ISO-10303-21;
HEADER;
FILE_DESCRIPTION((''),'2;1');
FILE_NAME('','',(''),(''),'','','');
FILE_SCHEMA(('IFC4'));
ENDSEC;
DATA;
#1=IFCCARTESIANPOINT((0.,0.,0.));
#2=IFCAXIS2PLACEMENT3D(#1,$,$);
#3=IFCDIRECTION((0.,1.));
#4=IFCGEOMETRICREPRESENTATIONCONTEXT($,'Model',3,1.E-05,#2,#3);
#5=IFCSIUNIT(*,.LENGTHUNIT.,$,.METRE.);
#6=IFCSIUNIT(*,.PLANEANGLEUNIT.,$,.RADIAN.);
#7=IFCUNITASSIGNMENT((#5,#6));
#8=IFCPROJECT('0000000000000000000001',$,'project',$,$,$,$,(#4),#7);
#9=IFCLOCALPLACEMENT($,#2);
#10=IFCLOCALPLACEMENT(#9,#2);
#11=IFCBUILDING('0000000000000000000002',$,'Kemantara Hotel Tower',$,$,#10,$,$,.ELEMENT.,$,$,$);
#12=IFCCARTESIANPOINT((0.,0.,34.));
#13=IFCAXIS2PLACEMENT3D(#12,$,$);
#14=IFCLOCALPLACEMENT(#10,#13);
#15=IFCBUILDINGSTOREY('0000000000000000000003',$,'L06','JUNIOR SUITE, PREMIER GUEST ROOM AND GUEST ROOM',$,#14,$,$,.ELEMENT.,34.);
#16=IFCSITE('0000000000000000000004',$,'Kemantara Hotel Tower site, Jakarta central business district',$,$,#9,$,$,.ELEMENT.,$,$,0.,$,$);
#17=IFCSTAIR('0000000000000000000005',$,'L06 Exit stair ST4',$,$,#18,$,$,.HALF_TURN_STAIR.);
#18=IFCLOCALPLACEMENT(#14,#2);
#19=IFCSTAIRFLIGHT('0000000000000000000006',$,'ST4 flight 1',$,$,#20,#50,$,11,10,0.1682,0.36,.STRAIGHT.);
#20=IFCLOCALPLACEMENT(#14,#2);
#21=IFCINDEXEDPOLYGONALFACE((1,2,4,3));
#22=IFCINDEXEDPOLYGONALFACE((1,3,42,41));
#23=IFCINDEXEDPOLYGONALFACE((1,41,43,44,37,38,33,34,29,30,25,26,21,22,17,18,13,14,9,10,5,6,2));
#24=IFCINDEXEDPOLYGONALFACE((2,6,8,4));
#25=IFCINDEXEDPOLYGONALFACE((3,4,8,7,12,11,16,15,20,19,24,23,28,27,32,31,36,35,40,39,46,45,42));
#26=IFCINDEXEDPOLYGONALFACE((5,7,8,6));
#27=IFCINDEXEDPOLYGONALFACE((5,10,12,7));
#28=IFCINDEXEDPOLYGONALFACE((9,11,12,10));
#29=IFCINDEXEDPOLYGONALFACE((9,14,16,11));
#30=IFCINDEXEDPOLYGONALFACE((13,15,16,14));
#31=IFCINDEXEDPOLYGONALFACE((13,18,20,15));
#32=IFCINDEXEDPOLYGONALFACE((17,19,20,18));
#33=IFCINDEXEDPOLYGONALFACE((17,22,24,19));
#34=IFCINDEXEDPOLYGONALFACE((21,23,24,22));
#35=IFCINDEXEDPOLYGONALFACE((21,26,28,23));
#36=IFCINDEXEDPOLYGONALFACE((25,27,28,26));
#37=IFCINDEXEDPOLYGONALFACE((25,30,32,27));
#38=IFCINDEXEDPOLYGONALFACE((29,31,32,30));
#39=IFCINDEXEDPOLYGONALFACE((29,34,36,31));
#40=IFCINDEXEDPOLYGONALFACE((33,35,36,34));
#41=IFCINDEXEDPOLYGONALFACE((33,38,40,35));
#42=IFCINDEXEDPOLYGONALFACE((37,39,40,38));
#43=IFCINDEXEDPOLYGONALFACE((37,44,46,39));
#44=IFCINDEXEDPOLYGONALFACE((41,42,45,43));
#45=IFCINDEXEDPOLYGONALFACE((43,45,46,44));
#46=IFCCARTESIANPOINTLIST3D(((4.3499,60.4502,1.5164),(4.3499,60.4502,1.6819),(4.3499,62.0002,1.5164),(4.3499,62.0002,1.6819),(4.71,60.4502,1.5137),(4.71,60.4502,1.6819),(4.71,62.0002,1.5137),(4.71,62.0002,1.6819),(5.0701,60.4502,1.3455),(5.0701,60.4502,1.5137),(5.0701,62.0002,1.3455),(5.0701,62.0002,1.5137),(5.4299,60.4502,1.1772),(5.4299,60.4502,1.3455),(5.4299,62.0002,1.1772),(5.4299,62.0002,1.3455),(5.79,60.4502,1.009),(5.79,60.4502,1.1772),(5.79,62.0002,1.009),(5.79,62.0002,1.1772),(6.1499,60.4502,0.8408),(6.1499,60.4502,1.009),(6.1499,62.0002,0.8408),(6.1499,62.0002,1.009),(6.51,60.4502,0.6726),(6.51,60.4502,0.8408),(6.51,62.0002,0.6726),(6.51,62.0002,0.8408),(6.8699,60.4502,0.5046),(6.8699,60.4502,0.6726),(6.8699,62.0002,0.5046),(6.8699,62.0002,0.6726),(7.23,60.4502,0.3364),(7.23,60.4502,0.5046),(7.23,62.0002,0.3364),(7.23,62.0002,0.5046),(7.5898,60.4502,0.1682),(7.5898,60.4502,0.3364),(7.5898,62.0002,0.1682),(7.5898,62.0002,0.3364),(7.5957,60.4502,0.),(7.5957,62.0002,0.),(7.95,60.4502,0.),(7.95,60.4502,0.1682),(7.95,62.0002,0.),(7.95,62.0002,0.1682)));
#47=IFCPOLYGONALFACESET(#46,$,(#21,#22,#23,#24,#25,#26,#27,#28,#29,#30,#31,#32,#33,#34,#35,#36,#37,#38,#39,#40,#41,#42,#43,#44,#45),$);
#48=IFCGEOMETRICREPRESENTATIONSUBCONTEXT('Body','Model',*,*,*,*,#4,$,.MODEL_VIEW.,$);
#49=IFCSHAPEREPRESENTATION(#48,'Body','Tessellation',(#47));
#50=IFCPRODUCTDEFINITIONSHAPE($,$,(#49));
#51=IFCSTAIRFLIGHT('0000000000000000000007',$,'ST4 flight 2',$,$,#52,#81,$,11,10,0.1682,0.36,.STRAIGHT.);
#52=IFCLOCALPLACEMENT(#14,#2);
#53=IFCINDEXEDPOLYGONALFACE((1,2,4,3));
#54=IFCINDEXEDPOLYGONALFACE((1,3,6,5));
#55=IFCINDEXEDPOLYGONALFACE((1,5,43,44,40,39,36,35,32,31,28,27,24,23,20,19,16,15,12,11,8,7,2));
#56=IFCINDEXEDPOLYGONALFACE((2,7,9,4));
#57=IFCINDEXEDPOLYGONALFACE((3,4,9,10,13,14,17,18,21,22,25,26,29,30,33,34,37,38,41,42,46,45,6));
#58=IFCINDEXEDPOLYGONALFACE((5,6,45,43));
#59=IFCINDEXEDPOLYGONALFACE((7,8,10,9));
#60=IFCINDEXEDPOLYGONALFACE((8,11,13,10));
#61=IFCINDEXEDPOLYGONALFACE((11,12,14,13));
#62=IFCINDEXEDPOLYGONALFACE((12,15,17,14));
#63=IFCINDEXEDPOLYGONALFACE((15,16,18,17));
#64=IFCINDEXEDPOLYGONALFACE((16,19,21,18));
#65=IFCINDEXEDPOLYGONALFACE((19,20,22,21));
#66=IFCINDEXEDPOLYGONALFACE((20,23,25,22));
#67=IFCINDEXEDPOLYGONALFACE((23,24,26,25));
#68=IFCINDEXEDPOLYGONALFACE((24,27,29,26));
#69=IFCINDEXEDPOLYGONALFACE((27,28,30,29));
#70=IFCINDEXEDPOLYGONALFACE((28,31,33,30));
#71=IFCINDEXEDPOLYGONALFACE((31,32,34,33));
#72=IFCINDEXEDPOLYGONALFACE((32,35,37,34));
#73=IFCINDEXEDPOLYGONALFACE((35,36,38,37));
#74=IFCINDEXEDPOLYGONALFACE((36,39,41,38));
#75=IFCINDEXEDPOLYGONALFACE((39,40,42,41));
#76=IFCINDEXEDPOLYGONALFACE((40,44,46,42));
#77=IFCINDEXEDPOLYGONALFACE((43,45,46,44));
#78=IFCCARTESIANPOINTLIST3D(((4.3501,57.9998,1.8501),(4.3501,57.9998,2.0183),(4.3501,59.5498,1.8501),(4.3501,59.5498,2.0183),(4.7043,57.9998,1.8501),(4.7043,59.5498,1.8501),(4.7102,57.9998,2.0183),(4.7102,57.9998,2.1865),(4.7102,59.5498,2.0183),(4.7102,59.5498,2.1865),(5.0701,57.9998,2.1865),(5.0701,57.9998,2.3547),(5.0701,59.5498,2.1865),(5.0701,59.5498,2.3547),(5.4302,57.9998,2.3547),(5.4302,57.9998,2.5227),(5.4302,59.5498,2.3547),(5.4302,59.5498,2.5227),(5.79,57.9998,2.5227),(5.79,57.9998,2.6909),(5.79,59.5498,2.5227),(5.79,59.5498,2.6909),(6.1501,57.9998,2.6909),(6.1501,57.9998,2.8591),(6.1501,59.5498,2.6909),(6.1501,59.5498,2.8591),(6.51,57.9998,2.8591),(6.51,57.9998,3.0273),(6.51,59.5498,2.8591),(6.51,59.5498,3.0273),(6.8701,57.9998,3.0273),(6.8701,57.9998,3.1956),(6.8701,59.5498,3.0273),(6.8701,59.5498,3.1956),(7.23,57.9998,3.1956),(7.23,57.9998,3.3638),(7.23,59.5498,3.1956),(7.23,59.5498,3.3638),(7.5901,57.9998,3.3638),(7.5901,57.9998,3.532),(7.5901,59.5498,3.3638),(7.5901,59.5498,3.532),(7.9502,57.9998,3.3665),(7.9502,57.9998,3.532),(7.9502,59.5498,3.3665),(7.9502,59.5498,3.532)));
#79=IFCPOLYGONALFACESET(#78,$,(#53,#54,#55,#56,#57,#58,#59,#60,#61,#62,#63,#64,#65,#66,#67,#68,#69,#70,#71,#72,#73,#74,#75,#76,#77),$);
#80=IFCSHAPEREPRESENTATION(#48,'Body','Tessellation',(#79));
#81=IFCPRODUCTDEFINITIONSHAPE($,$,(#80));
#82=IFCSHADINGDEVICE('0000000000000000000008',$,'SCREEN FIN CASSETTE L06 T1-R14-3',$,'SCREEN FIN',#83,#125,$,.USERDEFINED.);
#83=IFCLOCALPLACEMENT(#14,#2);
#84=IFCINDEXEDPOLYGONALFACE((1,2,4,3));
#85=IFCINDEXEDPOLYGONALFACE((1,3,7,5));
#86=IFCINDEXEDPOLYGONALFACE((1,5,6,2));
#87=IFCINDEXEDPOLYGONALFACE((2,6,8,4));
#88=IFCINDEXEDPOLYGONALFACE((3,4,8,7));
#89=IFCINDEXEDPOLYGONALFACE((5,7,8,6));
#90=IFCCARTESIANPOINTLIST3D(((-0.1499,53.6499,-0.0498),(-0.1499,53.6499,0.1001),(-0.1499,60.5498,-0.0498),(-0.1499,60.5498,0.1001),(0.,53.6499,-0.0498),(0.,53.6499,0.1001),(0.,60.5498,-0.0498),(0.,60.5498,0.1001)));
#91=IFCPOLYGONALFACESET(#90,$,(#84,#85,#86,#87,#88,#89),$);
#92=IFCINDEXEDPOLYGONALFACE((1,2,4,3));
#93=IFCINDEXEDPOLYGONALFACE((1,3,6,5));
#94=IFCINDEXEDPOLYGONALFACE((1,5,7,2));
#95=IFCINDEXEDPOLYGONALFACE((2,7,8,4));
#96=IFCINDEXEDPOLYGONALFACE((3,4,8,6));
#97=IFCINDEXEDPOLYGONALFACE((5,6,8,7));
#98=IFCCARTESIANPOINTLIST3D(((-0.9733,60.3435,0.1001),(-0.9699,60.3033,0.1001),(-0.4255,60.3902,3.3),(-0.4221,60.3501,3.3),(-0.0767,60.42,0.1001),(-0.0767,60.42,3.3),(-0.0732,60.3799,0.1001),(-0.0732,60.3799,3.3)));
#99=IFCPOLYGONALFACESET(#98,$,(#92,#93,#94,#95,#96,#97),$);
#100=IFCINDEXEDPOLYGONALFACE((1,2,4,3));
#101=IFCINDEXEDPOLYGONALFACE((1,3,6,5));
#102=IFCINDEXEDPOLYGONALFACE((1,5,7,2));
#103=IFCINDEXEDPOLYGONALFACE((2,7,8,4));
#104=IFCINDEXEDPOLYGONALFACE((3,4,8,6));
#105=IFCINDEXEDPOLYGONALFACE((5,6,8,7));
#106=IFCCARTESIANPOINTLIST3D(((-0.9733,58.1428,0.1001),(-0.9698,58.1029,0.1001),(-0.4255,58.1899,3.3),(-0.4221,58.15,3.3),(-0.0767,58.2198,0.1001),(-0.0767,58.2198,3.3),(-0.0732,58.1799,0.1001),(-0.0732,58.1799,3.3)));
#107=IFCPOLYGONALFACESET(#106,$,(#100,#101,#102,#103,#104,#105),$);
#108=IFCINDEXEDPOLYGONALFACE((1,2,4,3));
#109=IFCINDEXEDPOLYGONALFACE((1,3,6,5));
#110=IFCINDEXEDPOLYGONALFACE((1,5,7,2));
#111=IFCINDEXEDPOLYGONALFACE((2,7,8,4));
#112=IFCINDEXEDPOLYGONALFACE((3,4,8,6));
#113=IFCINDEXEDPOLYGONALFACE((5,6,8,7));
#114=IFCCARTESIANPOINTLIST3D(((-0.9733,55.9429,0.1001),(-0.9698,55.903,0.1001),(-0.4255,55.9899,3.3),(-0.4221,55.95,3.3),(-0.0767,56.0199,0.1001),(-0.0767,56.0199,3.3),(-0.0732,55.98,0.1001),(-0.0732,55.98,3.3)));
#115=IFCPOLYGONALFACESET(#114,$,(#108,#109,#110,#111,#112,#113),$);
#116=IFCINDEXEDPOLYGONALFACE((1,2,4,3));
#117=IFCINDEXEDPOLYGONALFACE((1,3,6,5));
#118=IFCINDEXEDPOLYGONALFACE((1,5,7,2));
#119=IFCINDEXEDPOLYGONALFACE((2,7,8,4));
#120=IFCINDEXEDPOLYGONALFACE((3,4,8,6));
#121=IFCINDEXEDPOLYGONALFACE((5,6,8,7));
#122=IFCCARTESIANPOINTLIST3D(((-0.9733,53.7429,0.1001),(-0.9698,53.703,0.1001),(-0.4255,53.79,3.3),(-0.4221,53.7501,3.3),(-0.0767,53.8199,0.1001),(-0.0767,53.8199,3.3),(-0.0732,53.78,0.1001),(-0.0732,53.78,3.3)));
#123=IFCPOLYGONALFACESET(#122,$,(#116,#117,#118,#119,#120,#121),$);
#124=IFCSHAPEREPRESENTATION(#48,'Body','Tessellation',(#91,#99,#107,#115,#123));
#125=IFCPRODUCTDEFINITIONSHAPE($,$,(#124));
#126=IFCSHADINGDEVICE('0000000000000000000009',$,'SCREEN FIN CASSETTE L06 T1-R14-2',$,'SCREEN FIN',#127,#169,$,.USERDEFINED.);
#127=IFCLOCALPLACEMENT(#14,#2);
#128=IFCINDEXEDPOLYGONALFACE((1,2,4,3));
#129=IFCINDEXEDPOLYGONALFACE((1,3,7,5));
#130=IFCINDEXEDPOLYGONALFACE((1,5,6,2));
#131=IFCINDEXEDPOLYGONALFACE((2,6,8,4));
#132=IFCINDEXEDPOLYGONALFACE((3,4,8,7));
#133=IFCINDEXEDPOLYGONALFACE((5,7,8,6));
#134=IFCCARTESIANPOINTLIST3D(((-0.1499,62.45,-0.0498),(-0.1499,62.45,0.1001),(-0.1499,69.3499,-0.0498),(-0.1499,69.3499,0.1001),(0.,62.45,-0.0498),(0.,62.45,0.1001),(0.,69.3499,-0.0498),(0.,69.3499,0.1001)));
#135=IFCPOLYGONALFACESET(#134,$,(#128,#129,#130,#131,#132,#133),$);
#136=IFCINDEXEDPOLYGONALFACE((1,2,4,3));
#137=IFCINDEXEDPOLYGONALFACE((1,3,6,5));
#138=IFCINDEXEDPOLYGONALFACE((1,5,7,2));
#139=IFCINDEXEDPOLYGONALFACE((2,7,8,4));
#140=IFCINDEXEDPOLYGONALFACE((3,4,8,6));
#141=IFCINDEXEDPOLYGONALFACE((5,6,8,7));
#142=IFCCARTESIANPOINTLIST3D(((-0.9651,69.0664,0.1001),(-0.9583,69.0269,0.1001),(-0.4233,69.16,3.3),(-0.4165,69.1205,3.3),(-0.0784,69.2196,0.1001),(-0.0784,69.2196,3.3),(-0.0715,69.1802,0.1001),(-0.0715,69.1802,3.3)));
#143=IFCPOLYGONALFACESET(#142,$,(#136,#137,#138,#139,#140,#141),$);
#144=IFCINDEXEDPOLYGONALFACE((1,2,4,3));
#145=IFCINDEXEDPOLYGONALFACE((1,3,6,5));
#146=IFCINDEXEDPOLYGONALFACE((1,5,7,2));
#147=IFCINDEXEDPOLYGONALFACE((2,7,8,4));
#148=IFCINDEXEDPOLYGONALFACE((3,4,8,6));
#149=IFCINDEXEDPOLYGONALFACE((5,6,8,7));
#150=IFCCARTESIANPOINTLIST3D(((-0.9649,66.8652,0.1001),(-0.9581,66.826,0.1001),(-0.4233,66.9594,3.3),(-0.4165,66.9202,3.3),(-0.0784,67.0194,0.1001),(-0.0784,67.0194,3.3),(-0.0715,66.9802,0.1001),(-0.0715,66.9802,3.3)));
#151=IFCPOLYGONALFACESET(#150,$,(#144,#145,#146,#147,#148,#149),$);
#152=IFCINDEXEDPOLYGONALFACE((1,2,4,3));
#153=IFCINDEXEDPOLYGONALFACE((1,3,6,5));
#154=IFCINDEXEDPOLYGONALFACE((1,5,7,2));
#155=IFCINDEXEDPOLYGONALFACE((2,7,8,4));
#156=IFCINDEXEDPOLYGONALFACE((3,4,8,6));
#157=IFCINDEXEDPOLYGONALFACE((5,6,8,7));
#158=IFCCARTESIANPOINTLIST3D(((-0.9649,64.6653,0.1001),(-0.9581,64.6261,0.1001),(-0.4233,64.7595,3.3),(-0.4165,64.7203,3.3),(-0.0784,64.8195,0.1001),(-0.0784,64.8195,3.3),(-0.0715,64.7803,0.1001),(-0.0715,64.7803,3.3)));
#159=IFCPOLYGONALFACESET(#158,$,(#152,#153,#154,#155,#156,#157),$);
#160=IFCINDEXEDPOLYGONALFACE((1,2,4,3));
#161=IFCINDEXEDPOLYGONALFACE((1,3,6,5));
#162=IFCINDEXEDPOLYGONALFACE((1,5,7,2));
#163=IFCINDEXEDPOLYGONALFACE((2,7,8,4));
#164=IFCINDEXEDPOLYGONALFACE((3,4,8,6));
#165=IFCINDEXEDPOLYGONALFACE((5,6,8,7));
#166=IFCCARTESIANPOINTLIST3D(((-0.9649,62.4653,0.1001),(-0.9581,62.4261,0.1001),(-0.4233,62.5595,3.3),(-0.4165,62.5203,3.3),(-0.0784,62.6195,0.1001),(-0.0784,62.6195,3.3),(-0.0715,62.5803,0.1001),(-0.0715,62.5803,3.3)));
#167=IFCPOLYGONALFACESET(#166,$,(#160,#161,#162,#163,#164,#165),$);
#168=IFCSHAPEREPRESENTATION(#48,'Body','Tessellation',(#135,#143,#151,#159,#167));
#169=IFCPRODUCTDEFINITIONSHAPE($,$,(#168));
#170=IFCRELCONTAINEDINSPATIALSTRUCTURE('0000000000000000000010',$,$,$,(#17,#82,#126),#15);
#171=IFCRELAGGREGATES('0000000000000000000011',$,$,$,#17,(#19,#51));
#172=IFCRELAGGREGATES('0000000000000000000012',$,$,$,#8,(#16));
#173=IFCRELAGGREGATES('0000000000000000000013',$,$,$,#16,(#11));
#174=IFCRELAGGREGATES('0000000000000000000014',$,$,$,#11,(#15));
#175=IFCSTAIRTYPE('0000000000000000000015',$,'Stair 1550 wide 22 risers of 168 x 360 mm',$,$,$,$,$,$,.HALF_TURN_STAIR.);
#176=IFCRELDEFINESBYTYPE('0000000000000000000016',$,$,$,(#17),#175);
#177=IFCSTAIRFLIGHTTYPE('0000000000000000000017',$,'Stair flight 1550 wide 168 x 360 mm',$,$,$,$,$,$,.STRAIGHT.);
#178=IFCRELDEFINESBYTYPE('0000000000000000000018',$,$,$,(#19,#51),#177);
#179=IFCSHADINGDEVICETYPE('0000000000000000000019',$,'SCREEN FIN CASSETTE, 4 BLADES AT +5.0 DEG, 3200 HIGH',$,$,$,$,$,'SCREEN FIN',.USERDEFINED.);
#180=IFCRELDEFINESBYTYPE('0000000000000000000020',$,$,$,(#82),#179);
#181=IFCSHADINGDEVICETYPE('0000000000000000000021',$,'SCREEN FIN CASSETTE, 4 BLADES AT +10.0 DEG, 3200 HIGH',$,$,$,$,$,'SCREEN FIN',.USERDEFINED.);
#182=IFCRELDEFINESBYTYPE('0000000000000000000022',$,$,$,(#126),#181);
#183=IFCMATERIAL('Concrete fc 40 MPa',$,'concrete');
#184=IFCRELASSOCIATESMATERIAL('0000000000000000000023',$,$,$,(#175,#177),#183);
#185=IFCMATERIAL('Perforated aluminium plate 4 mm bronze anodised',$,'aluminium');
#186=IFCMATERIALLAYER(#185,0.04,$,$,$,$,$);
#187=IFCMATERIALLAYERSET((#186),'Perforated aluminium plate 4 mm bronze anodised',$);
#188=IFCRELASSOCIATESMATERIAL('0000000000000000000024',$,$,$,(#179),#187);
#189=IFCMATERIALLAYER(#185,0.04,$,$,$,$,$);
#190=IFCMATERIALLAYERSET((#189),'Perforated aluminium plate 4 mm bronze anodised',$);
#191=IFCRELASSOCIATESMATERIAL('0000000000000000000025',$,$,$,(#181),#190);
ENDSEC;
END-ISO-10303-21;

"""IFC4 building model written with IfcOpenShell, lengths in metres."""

from ifc_helpers import new_model, si_unit, direction, frame, origin, origin_2d, place, context, subcontext, project, spatial, polyline, rectangle, outline, extrude, source, transform, mapped, material, layer, layer_set, type_object, element, aggregate, save


model = new_model("IFC4")

# Units and contexts
model_context = context("Model", 3, precision=1e-05, world=origin(), true_north=direction((0.0, 1.0)))
body_context = subcontext(model_context, "Body", "Model", "MODEL_VIEW")
ifc_project = project(units=[si_unit("LENGTHUNIT", "METRE"), si_unit("PLANEANGLEUNIT", "RADIAN")], contexts=[model_context])

# Site, building, storey
site_placement = place(None, origin())
site = spatial("IfcSite", under=ifc_project, at=site_placement, Name="Kemantara Hotel Tower site, Jakarta central business district", CompositionType="ELEMENT", RefElevation=0.0)
building_placement = place(site_placement, origin())
building = spatial("IfcBuilding", under=site, at=building_placement, Name="Kemantara Hotel Tower", CompositionType="ELEMENT")
storey_placement = place(building_placement, frame((0.0, 0.0, 34.0)))
storey = spatial("IfcBuildingStorey", under=building, at=storey_placement, Name="L06", Description="JUNIOR SUITE, PREMIER GUEST ROOM AND GUEST ROOM", CompositionType="ELEMENT", Elevation=34.0)

# Shared definitions
ifc_material_1 = material(Name="Concrete fc 40 MPa", Category="concrete")

# Stair, stair flights
stair_type = type_object("IfcStairType", Name="Stair 1550 wide 22 risers of 168 x 360 mm", PredefinedType="HALF_TURN_STAIR", material=ifc_material_1)
stair_placement = place(storey_placement, origin())
stair = element("IfcStair", 1, at=stair_placement, inside=storey, type_object=stair_type, Name="L06 Exit stair ST4", PredefinedType="HALF_TURN_STAIR")
stair_flight_type = type_object("IfcStairFlightType", Name="Stair flight 1550 wide 168 x 360 mm", PredefinedType="STRAIGHT", material=ifc_material_1)
stair_flight_1_placement = place(storey_placement, frame((7.95, 61.2251, 0.0), z_axis=(0.0, 0.0, 1.0), x_axis=(-1.0, 0.0, 0.0)))
stair_flight_1 = element("IfcStairFlight", 2, at=stair_flight_1_placement, type_object=stair_flight_type, Name="ST4 flight 1", NumberOfRisers=11, NumberOfTreads=10, PredefinedType="STRAIGHT", RiserHeight=0.1682, TreadLength=0.36, context=body_context, shape_type="SweptSolid", body=[
    extrude(outline(polyline([(0.0, 0.0), (0.0, 0.1682), (0.3601, 0.1682), (0.3601, 0.3364), (0.72, 0.3364), (0.72, 0.5046), (1.0801, 0.5046), (1.0801, 0.6726), (1.4399, 0.6726), (1.4399, 0.8408), (1.8, 0.8408), (1.8, 1.009), (2.1599, 1.009), (2.1599, 1.1772), (2.52, 1.1772), (2.52, 1.3455), (2.8799, 1.3455), (2.8799, 1.5137), (3.24, 1.5137), (3.24, 1.6819), (3.6001, 1.6819), (3.6001, 1.8501), (3.6001, 1.5164), (0.3542, 0.0), (0.0, 0.0)])), frame((0.0, 0.7749, 0.0), z_axis=(0.0, -1.0, 0.0), x_axis=(1.0, 0.0, 0.0)), (0.0, 0.0, 1.0), 1.55),
])
stair_flight_2_placement = place(storey_placement, frame((4.3501, 58.7749, 1.8501), z_axis=(0.0, 0.0, 1.0), x_axis=(1.0, 0.0, 0.0)))
stair_flight_2 = element("IfcStairFlight", 3, at=stair_flight_2_placement, type_object=stair_flight_type, Name="ST4 flight 2", NumberOfRisers=11, NumberOfTreads=10, PredefinedType="STRAIGHT", RiserHeight=0.1682, TreadLength=0.36, context=body_context, shape_type="SweptSolid", body=[
    extrude(outline(polyline([(0.0, 0.0), (0.0, 0.1682), (0.3601, 0.1682), (0.3601, 0.3364), (0.72, 0.3364), (0.72, 0.5046), (1.0801, 0.5046), (1.0801, 0.6726), (1.4399, 0.6726), (1.4399, 0.8408), (1.8, 0.8408), (1.8, 1.009), (2.1599, 1.009), (2.1599, 1.1772), (2.52, 1.1772), (2.52, 1.3455), (2.8799, 1.3455), (2.8799, 1.5137), (3.24, 1.5137), (3.24, 1.6819), (3.6001, 1.6819), (3.6001, 1.8501), (3.6001, 1.5164), (0.3542, 0.0), (0.0, 0.0)])), frame((0.0, 0.7749, 0.0), z_axis=(0.0, -1.0, 0.0), x_axis=(1.0, 0.0, 0.0)), (0.0, 0.0, 1.0), 1.55),
])
aggregate(stair, [stair_flight_1, stair_flight_2])

# Shading devices
ifc_material_2 = material(Name="Perforated aluminium plate 4 mm bronze anodised", Category="aluminium")
ifc_layer_1 = layer(ifc_material_2, 0.04)
ifc_layer_set_1 = layer_set([ifc_layer_1], Name="Perforated aluminium plate 4 mm bronze anodised")
shading_device_type_1 = type_object("IfcShadingDeviceType", Name="SCREEN FIN CASSETTE, 4 BLADES AT +5.0 DEG, 3200 HIGH", ElementType="SCREEN FIN", PredefinedType="USERDEFINED", material=ifc_layer_set_1)
shared_shape_1 = source(origin(), body_context, "Body", "SweptSolid", [
    extrude(rectangle(XDim=6.8999, YDim=0.1499, at=origin_2d()), frame((3.3, -0.075, -0.1499), z_axis=(0.0, 0.0, 1.0), x_axis=(1.0, 0.0, 0.0)), (0.0, 0.0, 1.0), 0.1499),
    extrude(outline(polyline([(0.0, 0.0), (0.8999, 0.0), (0.3501, 3.2), (0.0, 3.2), (0.0, 0.0)])), frame((0.02, -0.0732, 0.0), z_axis=(-0.996376, -0.085056, 0.0), x_axis=(0.085056, -0.996376, 0.0)), (0.0, 0.0, 1.0), 0.0403),
    extrude(outline(polyline([(0.0, 0.0), (0.8999, 0.0), (0.3501, 3.2), (0.0, 3.2), (0.0, 0.0)])), frame((2.22, -0.0732, 0.0), z_axis=(-0.996332, -0.085575, 0.0), x_axis=(0.085575, -0.996332, 0.0)), (0.0, 0.0, 1.0), 0.04),
    extrude(outline(polyline([(0.0, 0.0), (0.8999, 0.0), (0.3501, 3.2), (0.0, 3.2), (0.0, 0.0)])), frame((4.4199, -0.0732, 0.0), z_axis=(-0.996332, -0.085575, 0.0), x_axis=(0.085575, -0.996332, 0.0)), (0.0, 0.0, 1.0), 0.04),
    extrude(outline(polyline([(0.0, 0.0), (0.8999, 0.0), (0.3501, 3.2), (0.0, 3.2), (0.0, 0.0)])), frame((6.6199, -0.0732, 0.0), z_axis=(-0.996332, -0.085575, 0.0), x_axis=(0.085575, -0.996332, 0.0)), (0.0, 0.0, 1.0), 0.04),
])
shading_device_1_placement = place(storey_placement, frame((0.0, 60.3999, 0.1001), z_axis=(0.0, 0.0, 1.0), x_axis=(0.0, -1.0, 0.0)))
element("IfcShadingDevice", 4, at=shading_device_1_placement, inside=storey, type_object=shading_device_type_1, Name="SCREEN FIN CASSETTE L06 T1-R14-3", ObjectType="SCREEN FIN", PredefinedType="USERDEFINED", context=body_context, shape_type="MappedRepresentation", body=[
    mapped(shared_shape_1, transform((0.0, 0.0, 0.0))),
])
ifc_layer_2 = layer(ifc_material_2, 0.04)
ifc_layer_set_2 = layer_set([ifc_layer_2], Name="Perforated aluminium plate 4 mm bronze anodised")
shading_device_type_2 = type_object("IfcShadingDeviceType", Name="SCREEN FIN CASSETTE, 4 BLADES AT +10.0 DEG, 3200 HIGH", ElementType="SCREEN FIN", PredefinedType="USERDEFINED", material=ifc_layer_set_2)
shared_shape_2 = source(origin(), body_context, "Body", "SweptSolid", [
    extrude(rectangle(XDim=6.8999, YDim=0.1499, at=origin_2d()), frame((3.3, -0.075, -0.1499), z_axis=(0.0, 0.0, 1.0), x_axis=(1.0, 0.0, 0.0)), (0.0, 0.0, 1.0), 0.1499),
    extrude(outline(polyline([(0.0, 0.0), (0.8999, 0.0), (0.3501, 3.2), (0.0, 3.2), (0.0, 0.0)])), frame((0.0198, -0.0715, 0.0), z_axis=(-0.98539, -0.170314, 0.0), x_axis=(0.170314, -0.98539, 0.0)), (0.0, 0.0, 1.0), 0.04),
    extrude(outline(polyline([(0.0, 0.0), (0.8999, 0.0), (0.3501, 3.2), (0.0, 3.2), (0.0, 0.0)])), frame((2.2197, -0.0715, 0.0), z_axis=(-0.985212, -0.171341, 0.0), x_axis=(0.171341, -0.985212, 0.0)), (0.0, 0.0, 1.0), 0.0398),
    extrude(outline(polyline([(0.0, 0.0), (0.8999, 0.0), (0.3501, 3.2), (0.0, 3.2), (0.0, 0.0)])), frame((4.4197, -0.0715, 0.0), z_axis=(-0.985212, -0.171341, 0.0), x_axis=(0.171341, -0.985212, 0.0)), (0.0, 0.0, 1.0), 0.0398),
    extrude(outline(polyline([(0.0, 0.0), (0.8999, 0.0), (0.3501, 3.2), (0.0, 3.2), (0.0, 0.0)])), frame((6.6196, -0.0715, 0.0), z_axis=(-0.985212, -0.171341, 0.0), x_axis=(0.171341, -0.985212, 0.0)), (0.0, 0.0, 1.0), 0.0398),
])
shading_device_2_placement = place(storey_placement, frame((0.0, 69.2, 0.1001), z_axis=(0.0, 0.0, 1.0), x_axis=(0.0, -1.0, 0.0)))
element("IfcShadingDevice", 5, at=shading_device_2_placement, inside=storey, type_object=shading_device_type_2, Name="SCREEN FIN CASSETTE L06 T1-R14-2", ObjectType="SCREEN FIN", PredefinedType="USERDEFINED", context=body_context, shape_type="MappedRepresentation", body=[
    mapped(shared_shape_2, transform((0.0, 0.0, 0.0))),
])

save(model, "model.ifc")
